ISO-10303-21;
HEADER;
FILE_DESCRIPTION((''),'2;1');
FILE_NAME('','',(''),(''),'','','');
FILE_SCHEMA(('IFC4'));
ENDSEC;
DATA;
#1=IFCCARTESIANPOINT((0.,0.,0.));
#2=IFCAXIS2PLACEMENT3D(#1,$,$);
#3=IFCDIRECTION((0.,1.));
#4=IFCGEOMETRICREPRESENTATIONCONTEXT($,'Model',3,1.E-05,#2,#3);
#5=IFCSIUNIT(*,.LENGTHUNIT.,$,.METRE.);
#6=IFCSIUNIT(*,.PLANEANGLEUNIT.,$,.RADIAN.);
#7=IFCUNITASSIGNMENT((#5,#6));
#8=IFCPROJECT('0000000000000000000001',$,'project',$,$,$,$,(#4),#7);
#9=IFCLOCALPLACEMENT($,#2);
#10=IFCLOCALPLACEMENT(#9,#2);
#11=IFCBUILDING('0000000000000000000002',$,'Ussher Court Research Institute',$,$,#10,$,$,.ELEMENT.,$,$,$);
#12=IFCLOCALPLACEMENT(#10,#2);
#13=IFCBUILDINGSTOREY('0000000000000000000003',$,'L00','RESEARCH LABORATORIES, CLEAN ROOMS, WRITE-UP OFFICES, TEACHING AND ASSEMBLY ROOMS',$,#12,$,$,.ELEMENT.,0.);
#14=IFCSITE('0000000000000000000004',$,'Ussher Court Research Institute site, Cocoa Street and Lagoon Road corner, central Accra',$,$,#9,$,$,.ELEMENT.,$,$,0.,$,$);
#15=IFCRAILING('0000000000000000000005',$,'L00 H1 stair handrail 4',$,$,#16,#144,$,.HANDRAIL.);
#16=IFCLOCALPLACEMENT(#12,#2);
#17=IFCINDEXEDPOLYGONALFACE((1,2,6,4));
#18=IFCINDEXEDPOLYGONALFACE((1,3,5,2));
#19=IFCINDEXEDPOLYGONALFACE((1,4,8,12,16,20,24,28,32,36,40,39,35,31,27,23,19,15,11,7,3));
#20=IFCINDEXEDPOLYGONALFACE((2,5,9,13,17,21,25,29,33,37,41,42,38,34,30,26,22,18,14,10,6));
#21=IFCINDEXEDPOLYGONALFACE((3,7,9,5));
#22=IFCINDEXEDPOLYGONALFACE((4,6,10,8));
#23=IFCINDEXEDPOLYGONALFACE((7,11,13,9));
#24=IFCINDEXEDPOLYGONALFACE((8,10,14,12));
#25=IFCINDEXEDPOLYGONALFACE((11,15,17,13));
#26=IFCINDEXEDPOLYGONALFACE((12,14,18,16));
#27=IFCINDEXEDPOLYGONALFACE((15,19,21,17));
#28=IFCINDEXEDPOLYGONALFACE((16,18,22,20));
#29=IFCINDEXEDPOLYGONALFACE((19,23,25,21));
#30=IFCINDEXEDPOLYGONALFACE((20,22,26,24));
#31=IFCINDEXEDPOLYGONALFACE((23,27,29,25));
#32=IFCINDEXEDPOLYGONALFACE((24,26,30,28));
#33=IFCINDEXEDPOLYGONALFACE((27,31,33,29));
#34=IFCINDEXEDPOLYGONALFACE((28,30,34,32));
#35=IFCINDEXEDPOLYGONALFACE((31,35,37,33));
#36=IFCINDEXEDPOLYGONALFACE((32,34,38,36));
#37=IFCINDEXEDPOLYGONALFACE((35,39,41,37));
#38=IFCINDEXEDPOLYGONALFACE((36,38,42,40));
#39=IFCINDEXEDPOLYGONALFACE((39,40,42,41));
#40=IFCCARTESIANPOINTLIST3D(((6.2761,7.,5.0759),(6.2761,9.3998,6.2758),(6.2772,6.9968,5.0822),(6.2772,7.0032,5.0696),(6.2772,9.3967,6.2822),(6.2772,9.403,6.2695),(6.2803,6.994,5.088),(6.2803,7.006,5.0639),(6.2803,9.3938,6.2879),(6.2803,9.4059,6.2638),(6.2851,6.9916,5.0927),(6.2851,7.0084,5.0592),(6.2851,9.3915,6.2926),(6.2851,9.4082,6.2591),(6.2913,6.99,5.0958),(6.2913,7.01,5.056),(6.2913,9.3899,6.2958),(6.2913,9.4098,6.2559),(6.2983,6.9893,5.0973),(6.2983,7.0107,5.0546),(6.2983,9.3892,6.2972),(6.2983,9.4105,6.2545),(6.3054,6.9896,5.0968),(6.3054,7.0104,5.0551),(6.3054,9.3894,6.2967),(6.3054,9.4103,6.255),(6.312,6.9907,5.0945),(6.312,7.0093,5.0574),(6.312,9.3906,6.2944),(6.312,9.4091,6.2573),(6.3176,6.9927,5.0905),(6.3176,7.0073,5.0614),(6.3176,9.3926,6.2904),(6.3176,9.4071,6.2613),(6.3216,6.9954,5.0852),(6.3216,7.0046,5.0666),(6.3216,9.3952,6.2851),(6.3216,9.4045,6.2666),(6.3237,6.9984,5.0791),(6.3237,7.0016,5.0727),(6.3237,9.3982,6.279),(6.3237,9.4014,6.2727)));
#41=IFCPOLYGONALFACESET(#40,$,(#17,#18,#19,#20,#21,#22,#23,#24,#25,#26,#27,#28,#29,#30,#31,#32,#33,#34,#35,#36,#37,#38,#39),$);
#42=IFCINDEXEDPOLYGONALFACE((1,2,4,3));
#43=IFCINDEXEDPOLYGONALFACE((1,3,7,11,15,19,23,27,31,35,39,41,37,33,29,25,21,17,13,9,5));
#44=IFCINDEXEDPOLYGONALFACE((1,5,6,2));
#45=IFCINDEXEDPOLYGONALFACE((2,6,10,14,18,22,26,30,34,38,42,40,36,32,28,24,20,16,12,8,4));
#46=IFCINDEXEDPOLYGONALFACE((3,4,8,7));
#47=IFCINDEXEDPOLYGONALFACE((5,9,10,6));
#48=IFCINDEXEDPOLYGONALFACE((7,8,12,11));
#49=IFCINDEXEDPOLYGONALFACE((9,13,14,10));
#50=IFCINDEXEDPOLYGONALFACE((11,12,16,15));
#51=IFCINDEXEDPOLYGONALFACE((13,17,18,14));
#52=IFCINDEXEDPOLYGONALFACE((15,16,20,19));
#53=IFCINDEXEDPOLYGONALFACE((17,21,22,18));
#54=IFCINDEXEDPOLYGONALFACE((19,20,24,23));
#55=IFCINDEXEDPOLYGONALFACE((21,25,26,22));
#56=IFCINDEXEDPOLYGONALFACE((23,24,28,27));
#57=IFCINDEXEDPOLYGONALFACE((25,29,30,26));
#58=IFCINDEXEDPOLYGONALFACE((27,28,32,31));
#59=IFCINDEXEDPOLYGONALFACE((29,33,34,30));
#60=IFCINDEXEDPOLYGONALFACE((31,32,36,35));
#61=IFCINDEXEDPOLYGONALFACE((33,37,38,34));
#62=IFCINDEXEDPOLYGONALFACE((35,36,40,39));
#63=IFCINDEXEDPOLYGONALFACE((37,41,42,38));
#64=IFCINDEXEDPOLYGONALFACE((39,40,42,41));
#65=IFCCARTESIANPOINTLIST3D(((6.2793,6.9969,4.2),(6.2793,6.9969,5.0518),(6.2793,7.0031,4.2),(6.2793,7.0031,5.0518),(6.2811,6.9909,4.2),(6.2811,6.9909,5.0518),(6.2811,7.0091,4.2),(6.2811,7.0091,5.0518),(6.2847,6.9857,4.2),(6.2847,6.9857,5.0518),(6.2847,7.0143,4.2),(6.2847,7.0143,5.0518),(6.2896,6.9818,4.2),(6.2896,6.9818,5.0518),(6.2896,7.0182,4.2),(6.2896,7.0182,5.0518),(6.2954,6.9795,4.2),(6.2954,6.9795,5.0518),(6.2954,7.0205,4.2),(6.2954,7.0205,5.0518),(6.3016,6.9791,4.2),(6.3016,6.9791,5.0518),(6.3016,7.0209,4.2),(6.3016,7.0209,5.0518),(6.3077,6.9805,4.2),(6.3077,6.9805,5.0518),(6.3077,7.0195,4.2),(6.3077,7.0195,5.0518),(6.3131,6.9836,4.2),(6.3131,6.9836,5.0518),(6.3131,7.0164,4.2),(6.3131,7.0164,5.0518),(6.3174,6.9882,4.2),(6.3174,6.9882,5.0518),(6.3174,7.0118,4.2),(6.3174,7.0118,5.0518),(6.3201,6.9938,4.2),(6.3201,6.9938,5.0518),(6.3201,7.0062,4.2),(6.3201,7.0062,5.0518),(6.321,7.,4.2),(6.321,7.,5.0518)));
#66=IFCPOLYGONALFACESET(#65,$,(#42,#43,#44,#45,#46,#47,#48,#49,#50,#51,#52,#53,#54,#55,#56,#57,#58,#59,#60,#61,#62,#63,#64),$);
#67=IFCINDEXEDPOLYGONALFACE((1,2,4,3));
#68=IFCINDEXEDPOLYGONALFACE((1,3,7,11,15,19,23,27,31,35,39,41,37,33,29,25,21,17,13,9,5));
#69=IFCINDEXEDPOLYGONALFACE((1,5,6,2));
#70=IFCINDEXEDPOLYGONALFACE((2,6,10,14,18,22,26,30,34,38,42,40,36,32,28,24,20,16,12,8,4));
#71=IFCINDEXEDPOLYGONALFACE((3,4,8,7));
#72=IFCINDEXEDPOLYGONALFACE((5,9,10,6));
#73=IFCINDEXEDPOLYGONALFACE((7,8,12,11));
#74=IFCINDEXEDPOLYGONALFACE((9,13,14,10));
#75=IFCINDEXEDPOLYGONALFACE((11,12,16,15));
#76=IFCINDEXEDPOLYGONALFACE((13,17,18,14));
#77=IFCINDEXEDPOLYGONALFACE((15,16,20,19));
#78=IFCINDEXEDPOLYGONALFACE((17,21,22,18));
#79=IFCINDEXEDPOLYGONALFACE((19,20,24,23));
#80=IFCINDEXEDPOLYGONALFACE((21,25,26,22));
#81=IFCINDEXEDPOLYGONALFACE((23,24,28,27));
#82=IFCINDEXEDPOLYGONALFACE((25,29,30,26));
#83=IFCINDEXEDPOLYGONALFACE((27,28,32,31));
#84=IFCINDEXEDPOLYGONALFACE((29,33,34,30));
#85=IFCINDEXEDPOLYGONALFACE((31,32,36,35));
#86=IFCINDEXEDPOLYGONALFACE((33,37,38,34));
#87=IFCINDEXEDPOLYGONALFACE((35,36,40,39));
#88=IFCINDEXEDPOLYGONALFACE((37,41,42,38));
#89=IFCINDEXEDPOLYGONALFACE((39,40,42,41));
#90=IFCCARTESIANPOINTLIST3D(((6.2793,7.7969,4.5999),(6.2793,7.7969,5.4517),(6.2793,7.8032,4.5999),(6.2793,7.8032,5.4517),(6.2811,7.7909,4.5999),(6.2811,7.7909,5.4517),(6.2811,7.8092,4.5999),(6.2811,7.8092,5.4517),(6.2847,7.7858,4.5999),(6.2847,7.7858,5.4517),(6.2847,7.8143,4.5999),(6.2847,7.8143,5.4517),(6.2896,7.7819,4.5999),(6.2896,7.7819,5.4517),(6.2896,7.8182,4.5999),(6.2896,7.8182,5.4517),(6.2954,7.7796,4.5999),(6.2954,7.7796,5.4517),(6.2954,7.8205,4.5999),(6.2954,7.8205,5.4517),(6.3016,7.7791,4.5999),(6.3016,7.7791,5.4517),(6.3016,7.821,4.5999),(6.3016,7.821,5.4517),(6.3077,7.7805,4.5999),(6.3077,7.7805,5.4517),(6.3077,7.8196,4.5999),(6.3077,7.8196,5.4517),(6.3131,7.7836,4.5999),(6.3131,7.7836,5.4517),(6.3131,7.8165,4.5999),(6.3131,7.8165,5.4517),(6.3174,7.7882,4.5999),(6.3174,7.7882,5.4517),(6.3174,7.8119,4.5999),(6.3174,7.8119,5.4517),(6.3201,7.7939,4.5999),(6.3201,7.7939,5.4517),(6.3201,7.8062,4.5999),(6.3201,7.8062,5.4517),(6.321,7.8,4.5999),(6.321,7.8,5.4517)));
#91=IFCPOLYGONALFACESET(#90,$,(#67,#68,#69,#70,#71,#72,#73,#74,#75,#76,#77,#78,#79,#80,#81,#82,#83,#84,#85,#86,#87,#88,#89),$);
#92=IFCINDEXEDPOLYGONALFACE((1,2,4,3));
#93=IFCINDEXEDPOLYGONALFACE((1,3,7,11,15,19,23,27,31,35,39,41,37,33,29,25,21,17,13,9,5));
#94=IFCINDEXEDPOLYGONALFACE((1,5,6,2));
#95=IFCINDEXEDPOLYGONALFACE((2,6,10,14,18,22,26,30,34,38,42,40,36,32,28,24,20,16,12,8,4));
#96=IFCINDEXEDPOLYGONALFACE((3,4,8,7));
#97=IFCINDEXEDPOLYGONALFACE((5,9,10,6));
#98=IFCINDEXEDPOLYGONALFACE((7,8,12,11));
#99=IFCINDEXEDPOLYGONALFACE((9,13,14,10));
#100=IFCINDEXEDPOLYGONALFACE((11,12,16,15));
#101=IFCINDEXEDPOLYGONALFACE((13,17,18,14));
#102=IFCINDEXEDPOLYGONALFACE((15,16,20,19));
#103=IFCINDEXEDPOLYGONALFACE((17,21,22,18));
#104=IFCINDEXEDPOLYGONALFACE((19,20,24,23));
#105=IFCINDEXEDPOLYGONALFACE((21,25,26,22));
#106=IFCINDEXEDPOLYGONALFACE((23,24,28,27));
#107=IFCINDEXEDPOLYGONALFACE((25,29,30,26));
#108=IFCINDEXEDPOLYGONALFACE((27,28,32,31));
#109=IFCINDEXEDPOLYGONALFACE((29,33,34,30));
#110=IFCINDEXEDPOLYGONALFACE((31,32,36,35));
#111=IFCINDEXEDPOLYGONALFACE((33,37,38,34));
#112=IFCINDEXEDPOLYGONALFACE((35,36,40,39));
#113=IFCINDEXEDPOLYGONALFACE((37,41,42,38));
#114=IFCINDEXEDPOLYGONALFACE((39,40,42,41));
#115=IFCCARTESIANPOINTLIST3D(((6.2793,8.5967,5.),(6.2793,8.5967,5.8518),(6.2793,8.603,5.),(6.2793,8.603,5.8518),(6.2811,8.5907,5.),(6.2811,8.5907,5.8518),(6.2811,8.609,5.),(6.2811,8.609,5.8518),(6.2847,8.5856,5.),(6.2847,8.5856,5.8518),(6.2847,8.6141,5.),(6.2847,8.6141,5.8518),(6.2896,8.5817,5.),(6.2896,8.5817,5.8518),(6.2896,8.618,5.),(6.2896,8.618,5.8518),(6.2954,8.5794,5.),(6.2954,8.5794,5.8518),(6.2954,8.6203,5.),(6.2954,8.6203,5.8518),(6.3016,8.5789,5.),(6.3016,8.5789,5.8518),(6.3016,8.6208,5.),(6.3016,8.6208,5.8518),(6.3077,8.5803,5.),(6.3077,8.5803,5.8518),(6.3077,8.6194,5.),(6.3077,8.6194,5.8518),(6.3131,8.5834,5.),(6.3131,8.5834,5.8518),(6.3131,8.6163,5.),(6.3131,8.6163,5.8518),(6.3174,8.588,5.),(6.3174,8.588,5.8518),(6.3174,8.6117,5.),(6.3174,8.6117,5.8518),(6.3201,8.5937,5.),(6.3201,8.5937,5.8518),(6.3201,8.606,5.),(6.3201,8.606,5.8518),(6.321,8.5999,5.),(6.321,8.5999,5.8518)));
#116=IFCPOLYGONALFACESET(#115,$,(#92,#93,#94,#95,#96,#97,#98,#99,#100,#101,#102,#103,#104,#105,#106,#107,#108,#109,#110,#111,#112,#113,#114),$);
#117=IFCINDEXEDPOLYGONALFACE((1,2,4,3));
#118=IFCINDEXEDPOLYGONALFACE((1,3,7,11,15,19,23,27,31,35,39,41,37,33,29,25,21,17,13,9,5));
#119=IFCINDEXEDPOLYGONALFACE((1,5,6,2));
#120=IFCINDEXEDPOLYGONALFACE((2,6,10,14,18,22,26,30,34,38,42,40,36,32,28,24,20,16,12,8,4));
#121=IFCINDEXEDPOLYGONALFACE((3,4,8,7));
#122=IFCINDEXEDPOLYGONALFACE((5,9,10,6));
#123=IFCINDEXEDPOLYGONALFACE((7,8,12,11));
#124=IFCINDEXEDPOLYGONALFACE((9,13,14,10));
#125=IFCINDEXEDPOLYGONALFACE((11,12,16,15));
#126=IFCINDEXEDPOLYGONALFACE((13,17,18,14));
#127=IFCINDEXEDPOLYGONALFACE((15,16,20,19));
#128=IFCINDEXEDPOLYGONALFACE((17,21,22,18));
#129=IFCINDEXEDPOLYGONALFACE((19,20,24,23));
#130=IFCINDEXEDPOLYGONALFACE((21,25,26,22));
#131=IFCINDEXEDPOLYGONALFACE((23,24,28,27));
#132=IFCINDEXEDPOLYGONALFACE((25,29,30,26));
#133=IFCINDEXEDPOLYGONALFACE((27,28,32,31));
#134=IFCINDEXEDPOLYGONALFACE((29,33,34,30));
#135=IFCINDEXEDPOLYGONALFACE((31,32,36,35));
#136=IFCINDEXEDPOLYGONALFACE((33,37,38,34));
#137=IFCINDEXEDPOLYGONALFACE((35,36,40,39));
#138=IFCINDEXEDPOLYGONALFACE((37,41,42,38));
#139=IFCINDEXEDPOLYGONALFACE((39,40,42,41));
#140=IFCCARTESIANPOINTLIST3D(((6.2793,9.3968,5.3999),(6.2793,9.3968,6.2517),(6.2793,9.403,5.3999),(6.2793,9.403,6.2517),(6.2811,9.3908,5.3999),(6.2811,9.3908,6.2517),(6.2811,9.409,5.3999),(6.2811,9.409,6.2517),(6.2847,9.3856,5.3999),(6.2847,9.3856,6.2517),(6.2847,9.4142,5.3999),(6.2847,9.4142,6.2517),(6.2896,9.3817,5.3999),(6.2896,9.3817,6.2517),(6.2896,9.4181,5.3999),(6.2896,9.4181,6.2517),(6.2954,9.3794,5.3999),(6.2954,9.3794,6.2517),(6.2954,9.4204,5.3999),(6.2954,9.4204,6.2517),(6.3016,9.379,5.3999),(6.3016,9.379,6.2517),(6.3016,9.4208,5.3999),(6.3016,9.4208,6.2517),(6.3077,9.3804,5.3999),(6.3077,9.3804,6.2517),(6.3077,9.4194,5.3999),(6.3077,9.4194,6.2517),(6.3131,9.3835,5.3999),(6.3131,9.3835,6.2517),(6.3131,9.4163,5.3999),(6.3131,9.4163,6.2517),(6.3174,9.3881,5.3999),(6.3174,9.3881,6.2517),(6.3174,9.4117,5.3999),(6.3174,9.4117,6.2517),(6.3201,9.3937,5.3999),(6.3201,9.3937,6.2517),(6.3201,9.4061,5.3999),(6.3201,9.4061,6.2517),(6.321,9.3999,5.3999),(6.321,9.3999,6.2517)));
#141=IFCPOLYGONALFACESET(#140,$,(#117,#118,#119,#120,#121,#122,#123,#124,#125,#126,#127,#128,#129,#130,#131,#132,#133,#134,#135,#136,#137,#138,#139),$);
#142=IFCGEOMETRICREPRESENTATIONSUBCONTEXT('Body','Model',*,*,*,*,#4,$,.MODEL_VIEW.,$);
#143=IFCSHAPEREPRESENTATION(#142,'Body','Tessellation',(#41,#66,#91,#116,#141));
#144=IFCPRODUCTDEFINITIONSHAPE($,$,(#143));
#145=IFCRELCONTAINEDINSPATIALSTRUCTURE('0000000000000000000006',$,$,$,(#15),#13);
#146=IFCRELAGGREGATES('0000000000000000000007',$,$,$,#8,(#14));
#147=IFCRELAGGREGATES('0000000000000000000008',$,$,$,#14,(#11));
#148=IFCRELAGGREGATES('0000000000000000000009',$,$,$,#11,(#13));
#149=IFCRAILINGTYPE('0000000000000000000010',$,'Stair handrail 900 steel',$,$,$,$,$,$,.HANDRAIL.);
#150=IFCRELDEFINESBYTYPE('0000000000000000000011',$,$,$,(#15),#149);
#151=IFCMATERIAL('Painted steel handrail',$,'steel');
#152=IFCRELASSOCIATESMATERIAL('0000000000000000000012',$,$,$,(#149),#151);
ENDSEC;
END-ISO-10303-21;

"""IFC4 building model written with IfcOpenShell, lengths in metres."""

from ifc_helpers import new_model, si_unit, direction, frame, origin, origin_2d, place, context, subcontext, project, spatial, circle, extrude, material, type_object, element, save


model = new_model("IFC4")

# Units and contexts
model_context = context("Model", 3, precision=1e-05, world=origin(), true_north=direction((0.0, 1.0)))
body_context = subcontext(model_context, "Body", "Model", "MODEL_VIEW")
ifc_project = project(units=[si_unit("LENGTHUNIT", "METRE"), si_unit("PLANEANGLEUNIT", "RADIAN")], contexts=[model_context])

# Site, building, storey
site_placement = place(None, origin())
site = spatial("IfcSite", under=ifc_project, at=site_placement, Name="Ussher Court Research Institute site, Cocoa Street and Lagoon Road corner, central Accra", CompositionType="ELEMENT", RefElevation=0.0)
building_placement = place(site_placement, origin())
building = spatial("IfcBuilding", under=site, at=building_placement, Name="Ussher Court Research Institute", CompositionType="ELEMENT")
storey_placement = place(building_placement, origin())
storey = spatial("IfcBuildingStorey", under=building, at=storey_placement, Name="L00", Description="RESEARCH LABORATORIES, CLEAN ROOMS, WRITE-UP OFFICES, TEACHING AND ASSEMBLY ROOMS", CompositionType="ELEMENT", Elevation=0.0)

# Railing
ifc_material_1 = material(Name="Painted steel handrail", Category="steel")
railing_type_1 = type_object("IfcRailingType", Name="Stair handrail 900 steel", PredefinedType="HANDRAIL", material=ifc_material_1)
railing_1_placement = place(storey_placement, frame((6.3, 7.0, 4.2)))
element("IfcRailing", 1, at=railing_1_placement, inside=storey, type_object=railing_type_1, Name="L00 H1 stair handrail 4", PredefinedType="HANDRAIL", context=body_context, shape_type="SweptSolid", body=[
    extrude(circle(Radius=0.0239, at=origin_2d()), frame((0.0, 0.0, 0.876), z_axis=(0.0, 0.894427, 0.447214), x_axis=(-1.0, 0.0, 0.0)), (0.0, 0.0, 1.0), 2.6831),
    extrude(circle(Radius=0.021, at=origin_2d()), origin(), (0.0, 0.0, 1.0), 0.8518),
    extrude(circle(Radius=0.021, at=origin_2d()), frame((0.0, 0.8, 0.3999)), (0.0, 0.0, 1.0), 0.8518),
    extrude(circle(Radius=0.021, at=origin_2d()), frame((0.0, 1.5999, 0.8)), (0.0, 0.0, 1.0), 0.8518),
    extrude(circle(Radius=0.021, at=origin_2d()), frame((0.0, 2.3999, 1.2)), (0.0, 0.0, 1.0), 0.8518),
])

save(model, "model.ifc")
